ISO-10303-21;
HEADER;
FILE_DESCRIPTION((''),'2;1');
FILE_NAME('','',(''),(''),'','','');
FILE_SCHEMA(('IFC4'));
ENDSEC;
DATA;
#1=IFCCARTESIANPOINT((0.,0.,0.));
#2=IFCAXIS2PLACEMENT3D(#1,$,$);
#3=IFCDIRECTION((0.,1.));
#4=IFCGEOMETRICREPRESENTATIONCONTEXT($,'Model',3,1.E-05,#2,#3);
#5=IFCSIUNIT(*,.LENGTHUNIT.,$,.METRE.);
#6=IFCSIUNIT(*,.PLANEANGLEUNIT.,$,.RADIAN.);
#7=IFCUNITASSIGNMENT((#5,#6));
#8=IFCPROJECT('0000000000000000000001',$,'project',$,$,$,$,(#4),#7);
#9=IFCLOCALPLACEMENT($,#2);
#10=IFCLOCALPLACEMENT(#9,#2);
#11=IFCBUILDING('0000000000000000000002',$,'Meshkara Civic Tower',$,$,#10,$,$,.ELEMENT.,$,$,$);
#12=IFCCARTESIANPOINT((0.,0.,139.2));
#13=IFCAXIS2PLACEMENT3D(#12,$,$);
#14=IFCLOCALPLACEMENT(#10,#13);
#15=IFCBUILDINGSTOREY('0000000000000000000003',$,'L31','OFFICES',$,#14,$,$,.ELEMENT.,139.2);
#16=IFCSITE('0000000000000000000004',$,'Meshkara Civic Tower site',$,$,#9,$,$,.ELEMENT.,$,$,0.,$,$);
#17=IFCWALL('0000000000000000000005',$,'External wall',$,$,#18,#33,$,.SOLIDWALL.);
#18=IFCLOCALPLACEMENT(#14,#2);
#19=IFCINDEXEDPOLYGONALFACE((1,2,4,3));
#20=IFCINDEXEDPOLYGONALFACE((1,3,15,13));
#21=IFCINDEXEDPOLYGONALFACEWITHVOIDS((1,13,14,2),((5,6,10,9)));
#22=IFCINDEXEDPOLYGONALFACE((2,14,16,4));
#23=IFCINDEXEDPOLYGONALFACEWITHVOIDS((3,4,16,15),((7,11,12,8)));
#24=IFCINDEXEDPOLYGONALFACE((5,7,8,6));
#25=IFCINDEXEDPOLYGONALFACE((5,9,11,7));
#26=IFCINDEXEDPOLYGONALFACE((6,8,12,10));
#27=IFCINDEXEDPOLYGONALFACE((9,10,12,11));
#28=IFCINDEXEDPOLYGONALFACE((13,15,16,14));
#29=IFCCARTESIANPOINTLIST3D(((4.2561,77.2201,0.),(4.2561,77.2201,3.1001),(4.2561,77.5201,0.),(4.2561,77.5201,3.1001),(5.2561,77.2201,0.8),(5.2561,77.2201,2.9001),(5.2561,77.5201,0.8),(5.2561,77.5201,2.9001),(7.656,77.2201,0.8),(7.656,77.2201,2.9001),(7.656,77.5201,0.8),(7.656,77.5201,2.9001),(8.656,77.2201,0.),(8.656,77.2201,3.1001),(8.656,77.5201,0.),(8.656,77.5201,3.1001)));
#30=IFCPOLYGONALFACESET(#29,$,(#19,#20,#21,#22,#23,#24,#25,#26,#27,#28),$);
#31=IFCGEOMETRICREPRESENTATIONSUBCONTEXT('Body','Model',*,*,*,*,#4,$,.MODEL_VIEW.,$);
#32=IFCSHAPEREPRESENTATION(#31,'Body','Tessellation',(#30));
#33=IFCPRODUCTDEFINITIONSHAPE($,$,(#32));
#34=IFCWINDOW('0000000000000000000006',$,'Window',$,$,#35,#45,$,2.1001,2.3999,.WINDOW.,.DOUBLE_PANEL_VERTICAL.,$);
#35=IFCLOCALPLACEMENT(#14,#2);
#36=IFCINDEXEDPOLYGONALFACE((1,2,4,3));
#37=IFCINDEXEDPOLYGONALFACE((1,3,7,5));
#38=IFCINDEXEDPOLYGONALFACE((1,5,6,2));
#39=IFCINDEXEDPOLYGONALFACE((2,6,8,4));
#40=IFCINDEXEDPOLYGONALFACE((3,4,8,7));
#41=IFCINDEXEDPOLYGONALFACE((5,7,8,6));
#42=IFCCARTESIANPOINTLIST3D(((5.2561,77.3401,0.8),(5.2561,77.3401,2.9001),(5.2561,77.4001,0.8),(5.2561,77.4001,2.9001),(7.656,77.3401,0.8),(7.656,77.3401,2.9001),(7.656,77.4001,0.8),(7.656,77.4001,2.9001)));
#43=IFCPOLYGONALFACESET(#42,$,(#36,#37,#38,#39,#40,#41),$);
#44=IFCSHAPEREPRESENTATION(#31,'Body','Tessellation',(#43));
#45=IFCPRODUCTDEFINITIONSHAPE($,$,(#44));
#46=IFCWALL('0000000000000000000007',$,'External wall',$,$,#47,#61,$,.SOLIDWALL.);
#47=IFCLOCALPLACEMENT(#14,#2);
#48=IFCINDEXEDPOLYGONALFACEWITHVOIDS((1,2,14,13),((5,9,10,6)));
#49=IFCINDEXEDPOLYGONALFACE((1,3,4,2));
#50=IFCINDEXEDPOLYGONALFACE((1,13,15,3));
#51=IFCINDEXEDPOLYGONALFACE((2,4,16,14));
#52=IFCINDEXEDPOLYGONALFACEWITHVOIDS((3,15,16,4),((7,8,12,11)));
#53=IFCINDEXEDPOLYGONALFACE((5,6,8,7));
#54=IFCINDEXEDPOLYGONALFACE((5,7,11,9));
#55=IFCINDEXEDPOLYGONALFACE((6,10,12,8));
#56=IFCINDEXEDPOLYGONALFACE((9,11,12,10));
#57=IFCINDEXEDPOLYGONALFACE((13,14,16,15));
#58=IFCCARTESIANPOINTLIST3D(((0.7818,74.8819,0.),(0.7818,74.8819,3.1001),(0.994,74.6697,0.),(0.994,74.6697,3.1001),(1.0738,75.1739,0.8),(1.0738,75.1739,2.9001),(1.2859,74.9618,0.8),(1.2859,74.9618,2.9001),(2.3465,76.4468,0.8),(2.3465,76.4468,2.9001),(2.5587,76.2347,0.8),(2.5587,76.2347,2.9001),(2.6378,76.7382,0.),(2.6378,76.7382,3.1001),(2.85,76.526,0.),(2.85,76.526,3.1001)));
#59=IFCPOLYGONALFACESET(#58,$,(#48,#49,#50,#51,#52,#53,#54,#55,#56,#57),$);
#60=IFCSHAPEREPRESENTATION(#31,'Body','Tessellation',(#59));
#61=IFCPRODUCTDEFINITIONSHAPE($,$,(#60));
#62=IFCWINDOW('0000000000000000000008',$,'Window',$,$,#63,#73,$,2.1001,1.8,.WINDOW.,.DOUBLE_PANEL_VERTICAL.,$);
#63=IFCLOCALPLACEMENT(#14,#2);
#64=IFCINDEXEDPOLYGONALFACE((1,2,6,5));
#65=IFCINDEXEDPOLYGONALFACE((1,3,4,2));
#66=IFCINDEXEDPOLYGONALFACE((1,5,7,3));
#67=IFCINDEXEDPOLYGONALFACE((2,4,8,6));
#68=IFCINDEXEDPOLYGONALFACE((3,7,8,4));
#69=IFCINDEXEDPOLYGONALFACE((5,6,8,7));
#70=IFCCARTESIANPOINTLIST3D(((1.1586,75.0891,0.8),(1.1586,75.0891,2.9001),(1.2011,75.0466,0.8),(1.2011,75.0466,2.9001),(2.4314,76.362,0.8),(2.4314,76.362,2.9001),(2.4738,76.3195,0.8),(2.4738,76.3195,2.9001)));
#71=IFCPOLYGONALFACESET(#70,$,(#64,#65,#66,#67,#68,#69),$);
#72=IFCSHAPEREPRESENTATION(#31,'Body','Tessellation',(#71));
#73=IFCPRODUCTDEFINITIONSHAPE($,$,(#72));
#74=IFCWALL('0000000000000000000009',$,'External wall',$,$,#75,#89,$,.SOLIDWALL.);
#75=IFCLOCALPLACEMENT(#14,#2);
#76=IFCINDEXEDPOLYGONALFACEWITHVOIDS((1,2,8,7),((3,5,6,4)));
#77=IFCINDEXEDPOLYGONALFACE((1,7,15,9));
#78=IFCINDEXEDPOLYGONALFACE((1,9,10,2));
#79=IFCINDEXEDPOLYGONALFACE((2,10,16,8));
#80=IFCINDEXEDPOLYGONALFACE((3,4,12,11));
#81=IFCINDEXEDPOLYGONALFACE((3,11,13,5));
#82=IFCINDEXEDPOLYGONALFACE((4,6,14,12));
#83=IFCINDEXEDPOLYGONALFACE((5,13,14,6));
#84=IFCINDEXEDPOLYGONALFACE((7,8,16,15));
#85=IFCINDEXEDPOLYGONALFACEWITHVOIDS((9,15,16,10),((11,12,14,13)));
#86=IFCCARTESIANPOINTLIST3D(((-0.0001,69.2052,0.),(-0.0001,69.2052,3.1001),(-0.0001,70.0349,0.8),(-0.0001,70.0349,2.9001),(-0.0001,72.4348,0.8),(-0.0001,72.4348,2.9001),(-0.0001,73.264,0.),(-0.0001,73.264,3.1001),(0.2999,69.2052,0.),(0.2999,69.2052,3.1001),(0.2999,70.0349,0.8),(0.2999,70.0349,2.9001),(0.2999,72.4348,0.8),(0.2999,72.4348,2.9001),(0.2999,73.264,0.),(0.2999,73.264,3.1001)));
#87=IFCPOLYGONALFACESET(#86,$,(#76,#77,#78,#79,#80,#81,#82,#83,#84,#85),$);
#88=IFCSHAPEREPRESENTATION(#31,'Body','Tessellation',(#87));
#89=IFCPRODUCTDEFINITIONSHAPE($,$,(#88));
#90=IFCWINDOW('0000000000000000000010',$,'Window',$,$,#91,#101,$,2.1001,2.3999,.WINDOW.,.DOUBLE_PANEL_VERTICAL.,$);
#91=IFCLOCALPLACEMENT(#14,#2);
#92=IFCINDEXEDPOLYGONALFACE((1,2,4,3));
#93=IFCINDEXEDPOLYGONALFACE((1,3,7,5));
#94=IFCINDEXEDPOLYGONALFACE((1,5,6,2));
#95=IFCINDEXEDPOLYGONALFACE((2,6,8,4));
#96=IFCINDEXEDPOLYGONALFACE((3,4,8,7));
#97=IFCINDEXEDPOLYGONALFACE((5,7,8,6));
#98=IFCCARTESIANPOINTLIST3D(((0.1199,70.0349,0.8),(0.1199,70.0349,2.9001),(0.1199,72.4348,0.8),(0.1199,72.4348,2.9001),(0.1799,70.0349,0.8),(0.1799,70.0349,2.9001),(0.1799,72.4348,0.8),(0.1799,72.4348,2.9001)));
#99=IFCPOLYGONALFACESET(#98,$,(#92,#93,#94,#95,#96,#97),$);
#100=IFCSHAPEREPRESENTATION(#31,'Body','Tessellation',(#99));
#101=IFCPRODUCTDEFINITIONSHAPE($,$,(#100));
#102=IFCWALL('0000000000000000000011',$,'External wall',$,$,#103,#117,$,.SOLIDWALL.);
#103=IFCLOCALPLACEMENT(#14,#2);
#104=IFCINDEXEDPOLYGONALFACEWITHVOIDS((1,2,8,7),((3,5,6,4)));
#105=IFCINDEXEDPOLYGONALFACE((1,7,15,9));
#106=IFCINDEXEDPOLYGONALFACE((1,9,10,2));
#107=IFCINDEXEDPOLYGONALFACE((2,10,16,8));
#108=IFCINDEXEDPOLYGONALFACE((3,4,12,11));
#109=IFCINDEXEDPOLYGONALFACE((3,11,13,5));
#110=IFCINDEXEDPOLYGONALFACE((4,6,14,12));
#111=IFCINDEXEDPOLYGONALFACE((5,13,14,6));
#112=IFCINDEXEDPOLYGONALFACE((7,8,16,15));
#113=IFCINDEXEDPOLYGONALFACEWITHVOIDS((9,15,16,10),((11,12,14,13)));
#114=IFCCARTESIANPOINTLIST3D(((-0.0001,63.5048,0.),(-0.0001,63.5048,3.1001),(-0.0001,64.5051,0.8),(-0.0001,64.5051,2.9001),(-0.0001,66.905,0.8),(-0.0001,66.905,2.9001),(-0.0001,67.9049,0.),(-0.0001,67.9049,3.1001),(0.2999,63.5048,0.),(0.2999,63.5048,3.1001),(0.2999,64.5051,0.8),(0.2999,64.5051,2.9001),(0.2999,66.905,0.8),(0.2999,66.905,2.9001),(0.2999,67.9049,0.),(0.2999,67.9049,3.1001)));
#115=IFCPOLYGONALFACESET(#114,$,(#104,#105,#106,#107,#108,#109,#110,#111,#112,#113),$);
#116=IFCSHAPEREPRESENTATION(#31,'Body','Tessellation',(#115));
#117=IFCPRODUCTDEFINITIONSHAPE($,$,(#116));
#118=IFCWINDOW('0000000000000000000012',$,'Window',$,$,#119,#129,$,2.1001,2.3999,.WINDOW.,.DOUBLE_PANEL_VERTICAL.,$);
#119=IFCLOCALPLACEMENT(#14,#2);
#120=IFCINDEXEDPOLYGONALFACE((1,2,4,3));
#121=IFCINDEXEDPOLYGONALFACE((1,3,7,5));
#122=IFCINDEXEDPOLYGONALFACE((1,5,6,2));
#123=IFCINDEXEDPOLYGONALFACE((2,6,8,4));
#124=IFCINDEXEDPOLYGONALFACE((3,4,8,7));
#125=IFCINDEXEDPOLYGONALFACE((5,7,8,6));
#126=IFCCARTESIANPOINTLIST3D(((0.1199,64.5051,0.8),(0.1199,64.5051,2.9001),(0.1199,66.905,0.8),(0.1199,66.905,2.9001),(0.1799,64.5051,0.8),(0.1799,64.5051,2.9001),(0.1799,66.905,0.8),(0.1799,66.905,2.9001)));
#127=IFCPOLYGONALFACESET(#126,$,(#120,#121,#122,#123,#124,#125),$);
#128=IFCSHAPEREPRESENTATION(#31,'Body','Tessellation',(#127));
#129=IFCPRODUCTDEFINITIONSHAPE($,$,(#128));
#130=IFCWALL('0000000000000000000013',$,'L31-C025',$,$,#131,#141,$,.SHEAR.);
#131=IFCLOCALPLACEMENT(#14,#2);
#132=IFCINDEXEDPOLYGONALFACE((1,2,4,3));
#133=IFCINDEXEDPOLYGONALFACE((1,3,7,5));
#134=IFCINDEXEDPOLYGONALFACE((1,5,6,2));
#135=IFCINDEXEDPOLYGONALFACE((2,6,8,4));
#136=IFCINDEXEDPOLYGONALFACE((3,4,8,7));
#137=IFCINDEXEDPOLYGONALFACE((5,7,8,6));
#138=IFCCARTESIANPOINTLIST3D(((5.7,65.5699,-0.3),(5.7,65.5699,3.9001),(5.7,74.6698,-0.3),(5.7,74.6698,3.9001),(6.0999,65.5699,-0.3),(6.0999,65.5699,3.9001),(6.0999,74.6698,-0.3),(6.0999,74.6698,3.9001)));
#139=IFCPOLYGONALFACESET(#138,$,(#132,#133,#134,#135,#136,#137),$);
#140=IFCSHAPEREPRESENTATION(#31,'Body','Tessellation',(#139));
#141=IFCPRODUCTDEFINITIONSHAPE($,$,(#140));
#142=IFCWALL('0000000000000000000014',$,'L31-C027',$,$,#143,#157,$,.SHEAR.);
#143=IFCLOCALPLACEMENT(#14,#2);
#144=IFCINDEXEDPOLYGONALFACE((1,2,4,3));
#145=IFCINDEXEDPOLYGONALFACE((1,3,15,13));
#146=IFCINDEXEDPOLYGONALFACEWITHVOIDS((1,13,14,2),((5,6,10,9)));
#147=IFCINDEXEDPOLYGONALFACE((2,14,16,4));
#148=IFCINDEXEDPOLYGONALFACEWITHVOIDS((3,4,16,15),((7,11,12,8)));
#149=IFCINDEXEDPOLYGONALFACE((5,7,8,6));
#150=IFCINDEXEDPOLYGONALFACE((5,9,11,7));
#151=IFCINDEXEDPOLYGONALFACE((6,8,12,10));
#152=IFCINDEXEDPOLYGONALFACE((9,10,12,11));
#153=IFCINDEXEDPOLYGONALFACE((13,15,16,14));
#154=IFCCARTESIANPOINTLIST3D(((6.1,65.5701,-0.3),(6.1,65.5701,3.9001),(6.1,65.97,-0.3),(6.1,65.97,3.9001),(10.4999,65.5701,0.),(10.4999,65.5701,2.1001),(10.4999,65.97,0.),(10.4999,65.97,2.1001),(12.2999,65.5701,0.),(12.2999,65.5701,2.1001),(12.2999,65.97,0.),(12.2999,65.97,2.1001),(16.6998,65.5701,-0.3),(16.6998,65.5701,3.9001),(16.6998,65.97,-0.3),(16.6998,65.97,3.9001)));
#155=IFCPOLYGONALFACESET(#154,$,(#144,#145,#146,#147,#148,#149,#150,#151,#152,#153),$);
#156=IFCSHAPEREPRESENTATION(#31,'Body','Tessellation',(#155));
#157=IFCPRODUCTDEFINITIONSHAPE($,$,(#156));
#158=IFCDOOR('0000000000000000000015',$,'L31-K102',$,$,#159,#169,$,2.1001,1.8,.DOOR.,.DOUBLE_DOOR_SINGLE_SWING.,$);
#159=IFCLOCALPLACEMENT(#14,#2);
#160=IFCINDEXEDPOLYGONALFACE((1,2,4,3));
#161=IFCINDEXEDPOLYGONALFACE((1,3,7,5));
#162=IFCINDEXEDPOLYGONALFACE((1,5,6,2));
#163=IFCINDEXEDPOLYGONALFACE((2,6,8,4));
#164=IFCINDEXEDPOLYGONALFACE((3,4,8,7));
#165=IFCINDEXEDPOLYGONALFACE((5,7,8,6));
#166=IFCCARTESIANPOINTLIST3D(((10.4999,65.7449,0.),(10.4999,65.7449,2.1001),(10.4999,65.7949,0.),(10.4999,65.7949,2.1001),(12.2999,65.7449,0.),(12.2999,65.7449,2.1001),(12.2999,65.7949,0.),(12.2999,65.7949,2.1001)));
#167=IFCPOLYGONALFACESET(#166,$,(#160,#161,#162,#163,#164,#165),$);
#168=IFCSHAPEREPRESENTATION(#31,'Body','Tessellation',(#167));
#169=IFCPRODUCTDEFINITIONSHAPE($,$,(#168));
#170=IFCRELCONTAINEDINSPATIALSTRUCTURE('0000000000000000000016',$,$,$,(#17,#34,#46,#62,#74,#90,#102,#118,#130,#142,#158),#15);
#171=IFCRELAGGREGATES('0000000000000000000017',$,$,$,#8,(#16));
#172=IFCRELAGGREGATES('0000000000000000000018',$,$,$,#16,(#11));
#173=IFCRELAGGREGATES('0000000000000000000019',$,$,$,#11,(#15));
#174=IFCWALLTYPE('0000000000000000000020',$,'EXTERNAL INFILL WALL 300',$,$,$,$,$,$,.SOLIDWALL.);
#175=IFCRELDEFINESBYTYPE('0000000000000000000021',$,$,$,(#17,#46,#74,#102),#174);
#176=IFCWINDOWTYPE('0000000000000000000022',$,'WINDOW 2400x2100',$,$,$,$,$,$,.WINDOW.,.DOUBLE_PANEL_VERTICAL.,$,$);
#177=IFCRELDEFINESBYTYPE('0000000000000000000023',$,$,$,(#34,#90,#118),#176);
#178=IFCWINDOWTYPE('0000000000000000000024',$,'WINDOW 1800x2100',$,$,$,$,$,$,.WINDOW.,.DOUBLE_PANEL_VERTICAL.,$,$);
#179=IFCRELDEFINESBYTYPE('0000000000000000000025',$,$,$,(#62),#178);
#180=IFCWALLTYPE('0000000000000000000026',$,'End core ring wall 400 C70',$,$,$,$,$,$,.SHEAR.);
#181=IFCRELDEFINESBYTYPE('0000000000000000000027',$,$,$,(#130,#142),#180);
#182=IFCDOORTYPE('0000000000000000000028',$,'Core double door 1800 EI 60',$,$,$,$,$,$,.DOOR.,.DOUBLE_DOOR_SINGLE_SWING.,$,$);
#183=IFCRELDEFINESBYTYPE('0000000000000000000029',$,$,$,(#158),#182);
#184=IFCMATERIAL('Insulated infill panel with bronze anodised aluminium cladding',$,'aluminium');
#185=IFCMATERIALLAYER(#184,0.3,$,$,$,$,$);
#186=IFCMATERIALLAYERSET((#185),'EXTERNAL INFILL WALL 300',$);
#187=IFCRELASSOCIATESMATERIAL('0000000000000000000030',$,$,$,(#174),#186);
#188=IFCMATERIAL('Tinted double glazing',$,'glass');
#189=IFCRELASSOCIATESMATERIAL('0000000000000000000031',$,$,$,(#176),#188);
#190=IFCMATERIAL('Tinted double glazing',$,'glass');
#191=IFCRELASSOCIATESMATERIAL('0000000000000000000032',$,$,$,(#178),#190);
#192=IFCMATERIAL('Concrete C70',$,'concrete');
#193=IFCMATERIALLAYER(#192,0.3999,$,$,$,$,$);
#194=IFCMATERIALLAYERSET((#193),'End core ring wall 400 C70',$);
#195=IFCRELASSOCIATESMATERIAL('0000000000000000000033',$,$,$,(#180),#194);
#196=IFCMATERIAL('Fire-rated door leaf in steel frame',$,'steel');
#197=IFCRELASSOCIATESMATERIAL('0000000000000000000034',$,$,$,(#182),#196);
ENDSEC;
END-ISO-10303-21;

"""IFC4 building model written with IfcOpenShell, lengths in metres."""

from ifc_helpers import new_model, si_unit, direction, frame, frame_2d, origin, place, context, subcontext, project, spatial, rectangle, extrude, material, layer, layer_set, type_object, element, fill, save


model = new_model("IFC4")

# Units and contexts
model_context = context("Model", 3, precision=1e-05, world=origin(), true_north=direction((0.0, 1.0)))
body_context = subcontext(model_context, "Body", "Model", "MODEL_VIEW")
ifc_project = project(units=[si_unit("LENGTHUNIT", "METRE"), si_unit("PLANEANGLEUNIT", "RADIAN")], contexts=[model_context])

# Site, building, storey
site_placement = place(None, origin())
site = spatial("IfcSite", under=ifc_project, at=site_placement, Name="Meshkara Civic Tower site", CompositionType="ELEMENT", RefElevation=0.0)
building_placement = place(site_placement, origin())
building = spatial("IfcBuilding", under=site, at=building_placement, Name="Meshkara Civic Tower", CompositionType="ELEMENT")
storey_placement = place(building_placement, frame((0.0, 0.0, 139.2)))
storey = spatial("IfcBuildingStorey", under=building, at=storey_placement, Name="L31", Description="OFFICES", CompositionType="ELEMENT", Elevation=139.2)

# Walls, openings, windows
ifc_material_1 = material(Name="Insulated infill panel with bronze anodised aluminium cladding", Category="aluminium")
ifc_layer_1 = layer(ifc_material_1, 0.3)
ifc_layer_set_1 = layer_set([ifc_layer_1], Name="EXTERNAL INFILL WALL 300")
wall_type_1 = type_object("IfcWallType", Name="EXTERNAL INFILL WALL 300", PredefinedType="SOLIDWALL", material=ifc_layer_set_1)
wall_1_placement = place(storey_placement, frame((8.656, 77.3701, 0.0), z_axis=(0.0, 0.0, 1.0), x_axis=(-1.0, 0.0, 0.0)))
wall_1 = element("IfcWall", 1, at=wall_1_placement, inside=storey, type_object=wall_type_1, Name="External wall", PredefinedType="SOLIDWALL", context=body_context, shape_type="SweptSolid", body=[
    extrude(rectangle(XDim=4.3999, YDim=0.3, at=frame_2d((2.2, 0.0))), origin(), (0.0, 0.0, 1.0), 3.1001),
])
opening_1_placement = place(wall_1_placement, frame((1.0, 0.0, 0.8)))
opening_1 = element("IfcOpeningElement", 2, at=opening_1_placement, cuts=wall_1, PredefinedType="OPENING", context=body_context, shape_type="SweptSolid", body=[
    extrude(rectangle(XDim=2.3999, YDim=2.1001, at=frame_2d((1.2, 1.05))), frame((0.0, 0.1599, 0.0), z_axis=(0.0, -1.0, 0.0), x_axis=(1.0, 0.0, 0.0)), (0.0, 0.0, 1.0), 0.3201),
])
ifc_material_2 = material(Name="Tinted double glazing", Category="glass")
window_type_1 = type_object("IfcWindowType", Name="WINDOW 2400x2100", PartitioningType="DOUBLE_PANEL_VERTICAL", PredefinedType="WINDOW", material=ifc_material_2)
window_1_placement = place(opening_1_placement, origin())
window_1 = element("IfcWindow", 3, at=window_1_placement, inside=storey, type_object=window_type_1, Name="Window", OverallHeight=2.1001, OverallWidth=2.3999, PartitioningType="DOUBLE_PANEL_VERTICAL", PredefinedType="WINDOW", context=body_context, shape_type="SweptSolid", body=[
    extrude(rectangle(XDim=2.3999, YDim=2.1001, at=frame_2d((1.2, 1.05))), frame((0.0, 0.03, 0.0), z_axis=(0.0, -1.0, 0.0), x_axis=(1.0, 0.0, 0.0)), (0.0, 0.0, 1.0), 0.0601),
])
fill(opening_1, window_1)
wall_2_placement = place(storey_placement, frame((2.7439, 76.6321, 0.0), z_axis=(0.0, 0.0, 1.0), x_axis=(-0.70706, -0.707153, 0.0)))
wall_2 = element("IfcWall", 4, at=wall_2_placement, inside=storey, type_object=wall_type_1, Name="External wall", PredefinedType="SOLIDWALL", context=body_context, shape_type="SweptSolid", body=[
    extrude(rectangle(XDim=2.625, YDim=0.3, at=frame_2d((1.3125, 0.0))), origin(), (0.0, 0.0, 1.0), 3.1001),
])
opening_2_placement = place(wall_2_placement, frame((0.4121, 0.0, 0.8)))
opening_2 = element("IfcOpeningElement", 5, at=opening_2_placement, cuts=wall_2, PredefinedType="OPENING", context=body_context, shape_type="SweptSolid", body=[
    extrude(rectangle(XDim=1.8, YDim=2.1001, at=frame_2d((0.8999, 1.05))), frame((0.0, 0.1599, 0.0), z_axis=(0.0, -1.0, 0.0), x_axis=(1.0, 0.0, 0.0)), (0.0, 0.0, 1.0), 0.3201),
])
ifc_material_3 = material(Name="Tinted double glazing", Category="glass")
window_type_2 = type_object("IfcWindowType", Name="WINDOW 1800x2100", PartitioningType="DOUBLE_PANEL_VERTICAL", PredefinedType="WINDOW", material=ifc_material_3)
window_2_placement = place(opening_2_placement, origin())
window_2 = element("IfcWindow", 6, at=window_2_placement, inside=storey, type_object=window_type_2, Name="Window", OverallHeight=2.1001, OverallWidth=1.8, PartitioningType="DOUBLE_PANEL_VERTICAL", PredefinedType="WINDOW", context=body_context, shape_type="SweptSolid", body=[
    extrude(rectangle(XDim=1.8, YDim=2.1001, at=frame_2d((0.8999, 1.05))), frame((0.0, 0.03, 0.0), z_axis=(0.0, -1.0, 0.0), x_axis=(1.0, 0.0, 0.0)), (0.0, 0.0, 1.0), 0.0601),
])
fill(opening_2, window_2)
wall_3_placement = place(storey_placement, frame((0.1499, 73.2639, 0.0), z_axis=(0.0, 0.0, 1.0), x_axis=(0.0, -1.0, 0.0)))
wall_3 = element("IfcWall", 7, at=wall_3_placement, inside=storey, type_object=wall_type_1, Name="External wall", PredefinedType="SOLIDWALL", context=body_context, shape_type="SweptSolid", body=[
    extrude(rectangle(XDim=4.0588, YDim=0.3, at=frame_2d((2.0293, 0.0))), origin(), (0.0, 0.0, 1.0), 3.1001),
])
opening_3_placement = place(wall_3_placement, frame((0.8291, 0.0, 0.8)))
opening_3 = element("IfcOpeningElement", 8, at=opening_3_placement, cuts=wall_3, PredefinedType="OPENING", context=body_context, shape_type="SweptSolid", body=[
    extrude(rectangle(XDim=2.3999, YDim=2.1001, at=frame_2d((1.2, 1.05))), frame((0.0, 0.1599, 0.0), z_axis=(0.0, -1.0, 0.0), x_axis=(1.0, 0.0, 0.0)), (0.0, 0.0, 1.0), 0.3201),
])
window_3_placement = place(opening_3_placement, origin())
window_3 = element("IfcWindow", 9, at=window_3_placement, inside=storey, type_object=window_type_1, Name="Window", OverallHeight=2.1001, OverallWidth=2.3999, PartitioningType="DOUBLE_PANEL_VERTICAL", PredefinedType="WINDOW", context=body_context, shape_type="SweptSolid", body=[
    extrude(rectangle(XDim=2.3999, YDim=2.1001, at=frame_2d((1.2, 1.05))), frame((0.0, 0.03, 0.0), z_axis=(0.0, -1.0, 0.0), x_axis=(1.0, 0.0, 0.0)), (0.0, 0.0, 1.0), 0.0601),
])
fill(opening_3, window_3)
wall_4_placement = place(storey_placement, frame((0.1499, 67.905, 0.0), z_axis=(0.0, 0.0, 1.0), x_axis=(0.0, -1.0, 0.0)))
wall_4 = element("IfcWall", 10, at=wall_4_placement, inside=storey, type_object=wall_type_1, Name="External wall", PredefinedType="SOLIDWALL", context=body_context, shape_type="SweptSolid", body=[
    extrude(rectangle(XDim=4.4001, YDim=0.3, at=frame_2d((2.2002, 0.0))), origin(), (0.0, 0.0, 1.0), 3.1001),
])
opening_4_placement = place(wall_4_placement, frame((1.0, 0.0, 0.8)))
opening_4 = element("IfcOpeningElement", 11, at=opening_4_placement, cuts=wall_4, PredefinedType="OPENING", context=body_context, shape_type="SweptSolid", body=[
    extrude(rectangle(XDim=2.3999, YDim=2.1001, at=frame_2d((1.2, 1.05))), frame((0.0, 0.1599, 0.0), z_axis=(0.0, -1.0, 0.0), x_axis=(1.0, 0.0, 0.0)), (0.0, 0.0, 1.0), 0.3201),
])
window_4_placement = place(opening_4_placement, origin())
window_4 = element("IfcWindow", 12, at=window_4_placement, inside=storey, type_object=window_type_1, Name="Window", OverallHeight=2.1001, OverallWidth=2.3999, PartitioningType="DOUBLE_PANEL_VERTICAL", PredefinedType="WINDOW", context=body_context, shape_type="SweptSolid", body=[
    extrude(rectangle(XDim=2.3999, YDim=2.1001, at=frame_2d((1.2, 1.05))), frame((0.0, 0.03, 0.0), z_axis=(0.0, -1.0, 0.0), x_axis=(1.0, 0.0, 0.0)), (0.0, 0.0, 1.0), 0.0601),
])
fill(opening_4, window_4)

# Wall
ifc_material_4 = material(Name="Concrete C70", Category="concrete")
ifc_layer_2 = layer(ifc_material_4, 0.3999)
ifc_layer_set_2 = layer_set([ifc_layer_2], Name="End core ring wall 400 C70")
wall_type_2 = type_object("IfcWallType", Name="End core ring wall 400 C70", PredefinedType="SHEAR", material=ifc_layer_set_2)
wall_5_placement = place(storey_placement, frame((5.8999, 65.5701, -0.3), z_axis=(0.0, 0.0, 1.0), x_axis=(0.0, 1.0, 0.0)))
element("IfcWall", 13, at=wall_5_placement, inside=storey, type_object=wall_type_2, Name="L31-C025", PredefinedType="SHEAR", context=body_context, shape_type="SweptSolid", body=[
    extrude(rectangle(XDim=9.0999, YDim=0.3999, at=frame_2d((4.5498, 0.0))), origin(), (0.0, 0.0, 1.0), 4.2002),
])

# Wall, opening, door
wall_6_placement = place(storey_placement, frame((6.1001, 65.77, -0.3), z_axis=(0.0, 0.0, 1.0), x_axis=(1.0, 0.0, 0.0)))
wall_6 = element("IfcWall", 14, at=wall_6_placement, inside=storey, type_object=wall_type_2, Name="L31-C027", PredefinedType="SHEAR", context=body_context, shape_type="SweptSolid", body=[
    extrude(rectangle(XDim=10.5999, YDim=0.3999, at=frame_2d((5.2998, 0.0))), origin(), (0.0, 0.0, 1.0), 4.2002),
])
opening_5_placement = place(wall_6_placement, frame((4.3999, 0.0, 0.3)))
opening_5 = element("IfcOpeningElement", 15, at=opening_5_placement, cuts=wall_6, PredefinedType="OPENING", context=body_context, shape_type="SweptSolid", body=[
    extrude(rectangle(XDim=1.8, YDim=2.1001, at=frame_2d((0.8999, 1.05))), frame((0.0, 0.21, 0.0), z_axis=(0.0, -1.0, 0.0), x_axis=(1.0, 0.0, 0.0)), (0.0, 0.0, 1.0), 0.4199),
])
ifc_material_5 = material(Name="Fire-rated door leaf in steel frame", Category="steel")
door_type_1 = type_object("IfcDoorType", Name="Core double door 1800 EI 60", OperationType="DOUBLE_DOOR_SINGLE_SWING", PredefinedType="DOOR", material=ifc_material_5)
door_1_placement = place(opening_5_placement, origin())
door_1 = element("IfcDoor", 16, at=door_1_placement, inside=storey, type_object=door_type_1, Name="L31-K102", OperationType="DOUBLE_DOOR_SINGLE_SWING", OverallHeight=2.1001, OverallWidth=1.8, PredefinedType="DOOR", context=body_context, shape_type="SweptSolid", body=[
    extrude(rectangle(XDim=1.8, YDim=2.1001, at=frame_2d((0.8999, 1.05))), frame((0.0, 0.0249, 0.0), z_axis=(0.0, -1.0, 0.0), x_axis=(1.0, 0.0, 0.0)), (0.0, 0.0, 1.0), 0.05),
])
fill(opening_5, door_1)

save(model, "model.ifc")
